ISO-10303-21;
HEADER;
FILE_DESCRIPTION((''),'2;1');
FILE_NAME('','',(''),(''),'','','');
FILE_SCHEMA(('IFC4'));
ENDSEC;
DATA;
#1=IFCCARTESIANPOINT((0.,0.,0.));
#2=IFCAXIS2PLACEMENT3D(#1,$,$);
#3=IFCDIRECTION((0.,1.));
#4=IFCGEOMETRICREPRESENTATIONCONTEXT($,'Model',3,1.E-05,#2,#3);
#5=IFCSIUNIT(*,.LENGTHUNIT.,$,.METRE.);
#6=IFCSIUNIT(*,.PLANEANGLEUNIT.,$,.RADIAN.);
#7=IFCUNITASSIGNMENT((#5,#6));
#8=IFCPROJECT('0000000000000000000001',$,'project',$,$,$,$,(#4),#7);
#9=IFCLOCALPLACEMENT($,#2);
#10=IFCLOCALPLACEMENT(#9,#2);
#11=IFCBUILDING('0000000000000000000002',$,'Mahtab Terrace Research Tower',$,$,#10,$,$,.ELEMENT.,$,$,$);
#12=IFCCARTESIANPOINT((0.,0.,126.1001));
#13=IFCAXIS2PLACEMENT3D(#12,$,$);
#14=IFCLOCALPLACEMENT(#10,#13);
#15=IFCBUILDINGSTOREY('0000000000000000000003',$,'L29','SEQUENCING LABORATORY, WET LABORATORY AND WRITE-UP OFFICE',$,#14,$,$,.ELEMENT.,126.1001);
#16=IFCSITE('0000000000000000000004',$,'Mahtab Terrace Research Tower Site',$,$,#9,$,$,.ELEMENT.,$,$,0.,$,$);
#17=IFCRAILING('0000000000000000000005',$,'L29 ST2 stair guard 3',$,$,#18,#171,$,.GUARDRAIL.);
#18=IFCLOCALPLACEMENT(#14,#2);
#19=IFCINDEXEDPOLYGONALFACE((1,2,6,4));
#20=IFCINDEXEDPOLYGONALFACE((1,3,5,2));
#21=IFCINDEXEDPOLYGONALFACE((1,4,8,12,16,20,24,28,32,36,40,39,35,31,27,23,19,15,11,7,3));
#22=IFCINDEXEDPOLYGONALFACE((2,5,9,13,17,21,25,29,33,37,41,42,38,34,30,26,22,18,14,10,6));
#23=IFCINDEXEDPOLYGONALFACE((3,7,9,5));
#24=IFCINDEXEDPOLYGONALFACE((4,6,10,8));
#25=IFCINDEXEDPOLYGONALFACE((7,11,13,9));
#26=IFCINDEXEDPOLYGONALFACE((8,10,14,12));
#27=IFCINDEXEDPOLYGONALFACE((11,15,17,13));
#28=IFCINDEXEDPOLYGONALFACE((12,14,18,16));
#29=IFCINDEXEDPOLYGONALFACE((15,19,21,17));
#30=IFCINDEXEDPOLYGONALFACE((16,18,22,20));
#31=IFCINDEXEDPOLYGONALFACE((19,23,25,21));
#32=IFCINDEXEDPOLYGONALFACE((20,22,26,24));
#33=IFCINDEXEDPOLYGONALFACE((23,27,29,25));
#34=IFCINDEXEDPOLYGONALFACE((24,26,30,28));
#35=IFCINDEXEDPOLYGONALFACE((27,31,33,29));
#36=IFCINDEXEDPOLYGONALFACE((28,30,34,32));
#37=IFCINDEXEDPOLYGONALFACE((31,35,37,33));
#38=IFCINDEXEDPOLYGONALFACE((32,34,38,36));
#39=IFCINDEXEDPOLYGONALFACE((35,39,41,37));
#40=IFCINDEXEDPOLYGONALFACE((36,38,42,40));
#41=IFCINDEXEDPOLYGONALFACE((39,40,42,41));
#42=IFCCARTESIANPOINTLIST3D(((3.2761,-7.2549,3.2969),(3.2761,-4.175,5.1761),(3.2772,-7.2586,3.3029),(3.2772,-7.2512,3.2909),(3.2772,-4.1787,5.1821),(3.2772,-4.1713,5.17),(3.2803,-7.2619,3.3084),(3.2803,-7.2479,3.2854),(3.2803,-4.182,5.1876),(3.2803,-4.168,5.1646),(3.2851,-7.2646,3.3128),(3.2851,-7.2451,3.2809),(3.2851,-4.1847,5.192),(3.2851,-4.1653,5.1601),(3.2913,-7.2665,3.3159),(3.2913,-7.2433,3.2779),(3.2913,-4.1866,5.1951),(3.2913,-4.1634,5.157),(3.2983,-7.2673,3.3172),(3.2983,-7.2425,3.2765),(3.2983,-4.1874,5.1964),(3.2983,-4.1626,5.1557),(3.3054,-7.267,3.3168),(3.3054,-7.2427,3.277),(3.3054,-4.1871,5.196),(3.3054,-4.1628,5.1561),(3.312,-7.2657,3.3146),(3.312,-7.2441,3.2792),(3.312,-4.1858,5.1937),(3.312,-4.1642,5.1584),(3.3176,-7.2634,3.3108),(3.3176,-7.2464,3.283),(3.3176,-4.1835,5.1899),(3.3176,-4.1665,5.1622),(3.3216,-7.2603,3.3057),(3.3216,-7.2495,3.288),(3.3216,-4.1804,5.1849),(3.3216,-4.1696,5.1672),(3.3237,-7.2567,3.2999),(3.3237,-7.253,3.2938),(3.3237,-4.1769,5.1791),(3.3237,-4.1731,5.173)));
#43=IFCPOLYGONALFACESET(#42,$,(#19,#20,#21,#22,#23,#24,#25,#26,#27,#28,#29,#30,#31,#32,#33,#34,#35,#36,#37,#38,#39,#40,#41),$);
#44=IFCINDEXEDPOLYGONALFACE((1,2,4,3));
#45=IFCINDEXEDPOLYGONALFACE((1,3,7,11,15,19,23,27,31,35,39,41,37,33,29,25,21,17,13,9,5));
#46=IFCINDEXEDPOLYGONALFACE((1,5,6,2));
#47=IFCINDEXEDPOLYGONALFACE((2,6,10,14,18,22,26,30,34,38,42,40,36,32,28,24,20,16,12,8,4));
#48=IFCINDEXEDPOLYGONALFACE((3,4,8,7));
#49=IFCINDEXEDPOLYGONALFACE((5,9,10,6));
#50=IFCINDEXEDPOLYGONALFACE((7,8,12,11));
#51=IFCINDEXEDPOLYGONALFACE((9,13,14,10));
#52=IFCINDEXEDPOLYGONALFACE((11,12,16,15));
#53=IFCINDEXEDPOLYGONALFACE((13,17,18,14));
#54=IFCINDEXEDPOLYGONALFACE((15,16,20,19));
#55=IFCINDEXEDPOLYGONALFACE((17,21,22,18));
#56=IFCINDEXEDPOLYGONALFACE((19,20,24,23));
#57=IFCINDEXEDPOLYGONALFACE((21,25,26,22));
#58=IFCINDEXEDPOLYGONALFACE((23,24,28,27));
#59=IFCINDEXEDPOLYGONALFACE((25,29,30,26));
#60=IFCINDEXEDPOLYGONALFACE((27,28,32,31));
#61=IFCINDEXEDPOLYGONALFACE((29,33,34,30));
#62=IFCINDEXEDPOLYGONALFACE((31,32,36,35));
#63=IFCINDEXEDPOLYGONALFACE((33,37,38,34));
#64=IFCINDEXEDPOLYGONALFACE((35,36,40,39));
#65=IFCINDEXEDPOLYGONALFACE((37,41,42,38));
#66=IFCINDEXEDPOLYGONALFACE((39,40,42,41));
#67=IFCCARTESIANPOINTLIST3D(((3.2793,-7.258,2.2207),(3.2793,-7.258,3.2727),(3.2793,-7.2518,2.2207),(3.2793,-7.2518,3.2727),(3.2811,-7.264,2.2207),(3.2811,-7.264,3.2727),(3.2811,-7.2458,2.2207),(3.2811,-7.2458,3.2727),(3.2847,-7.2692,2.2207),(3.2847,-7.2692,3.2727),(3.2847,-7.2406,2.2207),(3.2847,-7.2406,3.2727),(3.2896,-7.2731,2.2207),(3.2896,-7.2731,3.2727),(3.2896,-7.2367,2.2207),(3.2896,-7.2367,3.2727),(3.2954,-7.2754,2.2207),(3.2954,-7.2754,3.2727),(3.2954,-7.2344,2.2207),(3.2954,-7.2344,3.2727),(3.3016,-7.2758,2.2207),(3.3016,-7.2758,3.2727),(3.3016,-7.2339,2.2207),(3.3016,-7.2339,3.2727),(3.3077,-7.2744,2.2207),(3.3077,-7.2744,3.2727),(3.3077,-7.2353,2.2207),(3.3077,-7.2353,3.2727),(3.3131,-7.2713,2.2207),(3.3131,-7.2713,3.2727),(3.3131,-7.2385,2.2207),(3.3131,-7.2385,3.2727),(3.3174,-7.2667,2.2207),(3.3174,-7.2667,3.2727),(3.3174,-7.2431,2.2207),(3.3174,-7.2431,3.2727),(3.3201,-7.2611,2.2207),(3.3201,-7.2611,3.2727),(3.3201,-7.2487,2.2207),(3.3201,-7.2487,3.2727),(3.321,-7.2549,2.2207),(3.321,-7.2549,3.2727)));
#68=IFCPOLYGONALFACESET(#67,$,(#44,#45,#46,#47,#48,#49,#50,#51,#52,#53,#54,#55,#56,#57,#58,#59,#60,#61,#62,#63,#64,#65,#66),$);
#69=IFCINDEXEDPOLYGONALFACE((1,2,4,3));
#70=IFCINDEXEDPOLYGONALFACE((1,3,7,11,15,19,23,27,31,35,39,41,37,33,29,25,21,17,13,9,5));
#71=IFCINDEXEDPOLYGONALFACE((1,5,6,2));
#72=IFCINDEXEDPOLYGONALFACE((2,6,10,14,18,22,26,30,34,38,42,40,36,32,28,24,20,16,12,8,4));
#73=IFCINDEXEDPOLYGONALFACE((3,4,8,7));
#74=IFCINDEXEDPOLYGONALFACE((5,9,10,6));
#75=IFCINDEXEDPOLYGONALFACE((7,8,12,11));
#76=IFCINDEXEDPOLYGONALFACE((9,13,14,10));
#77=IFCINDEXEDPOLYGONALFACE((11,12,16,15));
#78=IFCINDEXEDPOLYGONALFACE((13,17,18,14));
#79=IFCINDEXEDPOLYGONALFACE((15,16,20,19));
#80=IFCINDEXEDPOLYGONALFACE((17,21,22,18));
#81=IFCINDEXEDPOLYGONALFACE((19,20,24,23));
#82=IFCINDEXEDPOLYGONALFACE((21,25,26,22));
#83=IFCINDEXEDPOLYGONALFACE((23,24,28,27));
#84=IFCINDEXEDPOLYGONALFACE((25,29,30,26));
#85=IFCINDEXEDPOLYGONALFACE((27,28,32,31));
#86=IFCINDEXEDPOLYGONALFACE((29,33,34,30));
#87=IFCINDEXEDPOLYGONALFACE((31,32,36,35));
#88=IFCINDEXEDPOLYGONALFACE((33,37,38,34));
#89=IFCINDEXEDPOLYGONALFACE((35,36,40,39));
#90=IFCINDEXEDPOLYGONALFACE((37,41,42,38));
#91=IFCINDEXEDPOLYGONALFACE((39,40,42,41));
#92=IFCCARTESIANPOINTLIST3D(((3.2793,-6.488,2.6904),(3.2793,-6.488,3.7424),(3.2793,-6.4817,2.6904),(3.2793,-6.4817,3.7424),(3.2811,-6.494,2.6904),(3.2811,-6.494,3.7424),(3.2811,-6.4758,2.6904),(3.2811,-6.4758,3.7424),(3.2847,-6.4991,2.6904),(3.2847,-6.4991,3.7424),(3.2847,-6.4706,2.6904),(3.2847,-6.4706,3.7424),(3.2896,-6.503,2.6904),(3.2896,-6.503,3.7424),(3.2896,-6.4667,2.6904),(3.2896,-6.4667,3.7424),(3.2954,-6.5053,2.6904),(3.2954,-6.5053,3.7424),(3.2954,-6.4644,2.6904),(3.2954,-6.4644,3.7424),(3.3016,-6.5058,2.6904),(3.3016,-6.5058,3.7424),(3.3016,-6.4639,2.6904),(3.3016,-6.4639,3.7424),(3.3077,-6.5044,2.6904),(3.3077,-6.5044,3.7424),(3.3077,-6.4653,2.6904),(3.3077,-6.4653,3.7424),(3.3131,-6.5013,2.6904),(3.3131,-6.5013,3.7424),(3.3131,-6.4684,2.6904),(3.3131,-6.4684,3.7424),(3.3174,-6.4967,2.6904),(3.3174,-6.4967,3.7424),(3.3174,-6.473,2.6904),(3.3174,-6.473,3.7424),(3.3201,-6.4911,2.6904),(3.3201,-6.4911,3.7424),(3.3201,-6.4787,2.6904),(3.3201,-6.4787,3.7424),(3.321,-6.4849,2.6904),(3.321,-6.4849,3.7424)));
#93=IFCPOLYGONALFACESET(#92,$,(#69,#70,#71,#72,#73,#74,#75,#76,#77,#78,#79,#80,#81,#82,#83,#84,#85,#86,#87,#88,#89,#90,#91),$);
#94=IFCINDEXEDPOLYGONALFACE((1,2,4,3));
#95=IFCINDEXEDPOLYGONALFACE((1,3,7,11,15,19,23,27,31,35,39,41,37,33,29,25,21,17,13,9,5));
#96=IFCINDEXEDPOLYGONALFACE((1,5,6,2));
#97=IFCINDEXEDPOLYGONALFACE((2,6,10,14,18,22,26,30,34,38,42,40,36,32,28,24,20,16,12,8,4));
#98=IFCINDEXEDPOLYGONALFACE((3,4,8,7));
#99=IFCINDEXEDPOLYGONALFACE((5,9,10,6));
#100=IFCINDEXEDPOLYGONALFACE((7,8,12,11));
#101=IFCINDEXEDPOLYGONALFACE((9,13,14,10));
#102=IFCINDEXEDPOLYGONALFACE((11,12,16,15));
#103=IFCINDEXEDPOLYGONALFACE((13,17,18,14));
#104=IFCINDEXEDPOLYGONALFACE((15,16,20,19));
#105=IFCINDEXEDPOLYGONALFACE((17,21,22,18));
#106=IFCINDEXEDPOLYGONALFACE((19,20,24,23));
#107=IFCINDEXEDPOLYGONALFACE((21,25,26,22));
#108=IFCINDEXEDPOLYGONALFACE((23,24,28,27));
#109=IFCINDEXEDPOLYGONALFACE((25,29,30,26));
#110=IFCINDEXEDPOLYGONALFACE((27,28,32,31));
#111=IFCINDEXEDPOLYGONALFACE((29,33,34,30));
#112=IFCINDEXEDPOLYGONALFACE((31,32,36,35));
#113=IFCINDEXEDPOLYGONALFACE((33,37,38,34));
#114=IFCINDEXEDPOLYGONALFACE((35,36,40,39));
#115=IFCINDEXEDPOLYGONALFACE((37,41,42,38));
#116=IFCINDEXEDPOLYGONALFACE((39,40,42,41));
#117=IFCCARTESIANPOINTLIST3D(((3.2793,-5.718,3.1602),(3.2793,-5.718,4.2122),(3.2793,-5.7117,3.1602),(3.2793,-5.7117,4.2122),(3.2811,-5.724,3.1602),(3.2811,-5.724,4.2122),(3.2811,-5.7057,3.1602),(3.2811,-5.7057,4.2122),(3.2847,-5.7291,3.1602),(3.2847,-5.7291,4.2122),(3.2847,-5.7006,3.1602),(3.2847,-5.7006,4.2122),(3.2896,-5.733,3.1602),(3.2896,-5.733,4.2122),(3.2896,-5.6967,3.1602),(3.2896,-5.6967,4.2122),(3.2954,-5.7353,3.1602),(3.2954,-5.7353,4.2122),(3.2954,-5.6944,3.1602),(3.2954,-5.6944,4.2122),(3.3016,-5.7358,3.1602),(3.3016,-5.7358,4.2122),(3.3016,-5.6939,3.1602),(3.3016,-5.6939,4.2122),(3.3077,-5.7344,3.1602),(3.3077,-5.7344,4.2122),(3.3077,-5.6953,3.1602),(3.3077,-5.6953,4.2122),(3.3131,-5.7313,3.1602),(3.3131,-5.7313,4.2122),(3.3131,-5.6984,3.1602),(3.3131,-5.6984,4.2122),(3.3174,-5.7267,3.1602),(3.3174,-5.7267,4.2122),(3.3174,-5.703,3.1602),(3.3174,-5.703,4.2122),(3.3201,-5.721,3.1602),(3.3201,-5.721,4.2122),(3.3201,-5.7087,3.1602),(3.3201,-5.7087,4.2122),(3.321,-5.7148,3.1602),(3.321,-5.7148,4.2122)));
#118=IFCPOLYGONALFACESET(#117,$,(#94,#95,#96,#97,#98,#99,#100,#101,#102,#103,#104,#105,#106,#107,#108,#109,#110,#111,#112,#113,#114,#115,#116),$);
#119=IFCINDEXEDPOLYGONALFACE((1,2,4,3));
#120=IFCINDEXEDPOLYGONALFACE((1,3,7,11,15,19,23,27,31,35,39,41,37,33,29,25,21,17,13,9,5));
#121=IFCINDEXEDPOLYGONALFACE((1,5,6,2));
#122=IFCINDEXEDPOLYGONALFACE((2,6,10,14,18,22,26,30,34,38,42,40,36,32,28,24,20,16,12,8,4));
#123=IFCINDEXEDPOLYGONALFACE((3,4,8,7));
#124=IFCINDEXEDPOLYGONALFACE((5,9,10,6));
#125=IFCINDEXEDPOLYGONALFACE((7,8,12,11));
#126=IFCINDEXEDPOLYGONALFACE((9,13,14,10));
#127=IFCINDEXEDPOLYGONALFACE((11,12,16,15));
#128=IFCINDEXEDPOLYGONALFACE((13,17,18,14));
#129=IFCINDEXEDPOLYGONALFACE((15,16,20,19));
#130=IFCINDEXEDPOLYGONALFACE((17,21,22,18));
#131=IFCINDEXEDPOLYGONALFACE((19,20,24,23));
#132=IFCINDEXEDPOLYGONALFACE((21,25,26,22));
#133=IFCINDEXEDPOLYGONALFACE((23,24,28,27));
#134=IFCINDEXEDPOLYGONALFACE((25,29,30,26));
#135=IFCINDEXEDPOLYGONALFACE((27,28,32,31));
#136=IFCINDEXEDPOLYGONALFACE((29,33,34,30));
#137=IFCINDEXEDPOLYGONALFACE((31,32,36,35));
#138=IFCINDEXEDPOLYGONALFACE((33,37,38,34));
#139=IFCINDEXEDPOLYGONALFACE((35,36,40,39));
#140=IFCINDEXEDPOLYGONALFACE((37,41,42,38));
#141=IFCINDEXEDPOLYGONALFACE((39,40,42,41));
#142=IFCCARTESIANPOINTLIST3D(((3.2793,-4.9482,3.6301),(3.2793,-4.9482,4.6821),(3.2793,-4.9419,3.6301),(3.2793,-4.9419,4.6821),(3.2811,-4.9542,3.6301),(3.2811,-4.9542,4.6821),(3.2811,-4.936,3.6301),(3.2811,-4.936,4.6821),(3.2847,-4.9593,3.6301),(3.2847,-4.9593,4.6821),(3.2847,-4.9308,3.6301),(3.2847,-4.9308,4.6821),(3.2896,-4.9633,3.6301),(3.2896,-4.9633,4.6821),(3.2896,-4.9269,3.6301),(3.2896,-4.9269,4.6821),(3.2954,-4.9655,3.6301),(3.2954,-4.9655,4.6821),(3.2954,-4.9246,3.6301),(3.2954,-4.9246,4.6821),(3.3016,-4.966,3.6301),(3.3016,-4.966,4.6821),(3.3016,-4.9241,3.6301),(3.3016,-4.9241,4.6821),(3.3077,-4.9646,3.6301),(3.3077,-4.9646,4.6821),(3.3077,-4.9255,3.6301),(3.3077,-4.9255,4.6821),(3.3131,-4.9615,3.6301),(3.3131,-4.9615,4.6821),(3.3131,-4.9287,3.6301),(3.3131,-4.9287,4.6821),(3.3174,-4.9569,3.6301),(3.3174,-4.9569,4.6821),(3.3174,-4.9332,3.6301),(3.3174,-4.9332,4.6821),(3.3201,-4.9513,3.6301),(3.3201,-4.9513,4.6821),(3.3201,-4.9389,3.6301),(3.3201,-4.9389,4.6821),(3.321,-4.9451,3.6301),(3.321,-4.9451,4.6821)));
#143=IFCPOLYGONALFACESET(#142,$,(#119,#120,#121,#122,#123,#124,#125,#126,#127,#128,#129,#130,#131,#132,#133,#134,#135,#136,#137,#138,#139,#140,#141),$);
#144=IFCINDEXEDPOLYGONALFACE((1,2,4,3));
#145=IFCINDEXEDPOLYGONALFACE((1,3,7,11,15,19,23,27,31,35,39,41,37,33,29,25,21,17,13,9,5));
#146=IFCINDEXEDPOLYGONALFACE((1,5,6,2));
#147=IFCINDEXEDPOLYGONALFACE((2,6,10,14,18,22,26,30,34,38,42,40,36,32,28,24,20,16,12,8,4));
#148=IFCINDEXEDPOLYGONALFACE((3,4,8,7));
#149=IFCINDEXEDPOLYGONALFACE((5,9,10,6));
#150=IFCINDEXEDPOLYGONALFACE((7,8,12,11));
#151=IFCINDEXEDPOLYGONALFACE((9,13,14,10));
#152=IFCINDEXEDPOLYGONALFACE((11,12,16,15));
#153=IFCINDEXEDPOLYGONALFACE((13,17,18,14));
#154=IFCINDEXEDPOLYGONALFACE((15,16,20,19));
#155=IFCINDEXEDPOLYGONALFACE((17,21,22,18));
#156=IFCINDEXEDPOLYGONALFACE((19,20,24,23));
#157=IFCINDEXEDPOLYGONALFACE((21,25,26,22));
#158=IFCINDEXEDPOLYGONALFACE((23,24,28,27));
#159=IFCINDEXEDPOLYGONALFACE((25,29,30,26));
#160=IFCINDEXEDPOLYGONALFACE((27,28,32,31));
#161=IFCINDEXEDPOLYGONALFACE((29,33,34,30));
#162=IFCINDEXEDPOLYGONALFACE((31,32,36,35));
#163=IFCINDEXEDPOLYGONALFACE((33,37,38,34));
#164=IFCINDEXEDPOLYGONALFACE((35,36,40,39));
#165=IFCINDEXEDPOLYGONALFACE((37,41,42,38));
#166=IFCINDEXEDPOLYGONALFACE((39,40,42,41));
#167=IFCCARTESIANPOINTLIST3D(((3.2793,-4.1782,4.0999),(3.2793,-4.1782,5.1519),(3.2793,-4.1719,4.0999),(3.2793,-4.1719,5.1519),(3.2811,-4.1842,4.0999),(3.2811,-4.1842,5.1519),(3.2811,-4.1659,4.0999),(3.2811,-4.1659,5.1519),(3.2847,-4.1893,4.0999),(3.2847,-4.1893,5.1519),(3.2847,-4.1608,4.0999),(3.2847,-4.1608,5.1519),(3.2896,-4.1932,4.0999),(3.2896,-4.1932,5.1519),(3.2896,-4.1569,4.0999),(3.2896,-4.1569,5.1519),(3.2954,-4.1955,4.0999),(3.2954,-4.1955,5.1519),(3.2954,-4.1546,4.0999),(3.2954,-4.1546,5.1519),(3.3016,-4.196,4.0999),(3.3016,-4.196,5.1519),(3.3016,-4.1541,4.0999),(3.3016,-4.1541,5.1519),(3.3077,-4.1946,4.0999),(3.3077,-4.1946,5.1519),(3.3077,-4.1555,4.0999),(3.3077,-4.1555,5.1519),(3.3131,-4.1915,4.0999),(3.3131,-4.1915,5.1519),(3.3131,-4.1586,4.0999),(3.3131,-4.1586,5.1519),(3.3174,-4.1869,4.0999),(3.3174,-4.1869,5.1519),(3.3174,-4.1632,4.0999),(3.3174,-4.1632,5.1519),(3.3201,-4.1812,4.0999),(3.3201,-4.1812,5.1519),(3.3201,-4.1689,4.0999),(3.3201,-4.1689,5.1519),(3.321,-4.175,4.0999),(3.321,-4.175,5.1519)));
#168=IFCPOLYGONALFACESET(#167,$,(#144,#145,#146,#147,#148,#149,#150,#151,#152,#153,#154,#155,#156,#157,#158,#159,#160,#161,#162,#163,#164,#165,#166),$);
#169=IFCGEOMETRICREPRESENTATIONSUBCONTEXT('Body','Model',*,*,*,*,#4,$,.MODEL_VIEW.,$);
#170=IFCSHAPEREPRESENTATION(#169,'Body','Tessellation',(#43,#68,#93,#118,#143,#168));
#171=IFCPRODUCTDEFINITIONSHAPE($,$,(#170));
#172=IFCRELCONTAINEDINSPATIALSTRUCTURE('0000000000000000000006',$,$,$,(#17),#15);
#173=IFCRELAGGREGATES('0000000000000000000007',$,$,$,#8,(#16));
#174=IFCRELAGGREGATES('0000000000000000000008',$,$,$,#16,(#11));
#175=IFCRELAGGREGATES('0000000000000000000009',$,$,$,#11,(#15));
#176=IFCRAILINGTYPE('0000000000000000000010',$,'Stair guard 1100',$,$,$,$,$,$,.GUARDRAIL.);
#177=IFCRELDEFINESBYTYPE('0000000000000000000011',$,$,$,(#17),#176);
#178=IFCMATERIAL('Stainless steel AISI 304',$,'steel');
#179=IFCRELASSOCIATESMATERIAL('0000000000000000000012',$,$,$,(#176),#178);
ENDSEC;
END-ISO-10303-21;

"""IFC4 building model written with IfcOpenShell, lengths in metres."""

from ifc_helpers import new_model, si_unit, direction, frame, origin, origin_2d, place, context, subcontext, project, spatial, circle, extrude, material, type_object, element, save


model = new_model("IFC4")

# Units and contexts
model_context = context("Model", 3, precision=1e-05, world=origin(), true_north=direction((0.0, 1.0)))
body_context = subcontext(model_context, "Body", "Model", "MODEL_VIEW")
ifc_project = project(units=[si_unit("LENGTHUNIT", "METRE"), si_unit("PLANEANGLEUNIT", "RADIAN")], contexts=[model_context])

# Site, building, storey
site_placement = place(None, origin())
site = spatial("IfcSite", under=ifc_project, at=site_placement, Name="Mahtab Terrace Research Tower Site", CompositionType="ELEMENT", RefElevation=0.0)
building_placement = place(site_placement, origin())
building = spatial("IfcBuilding", under=site, at=building_placement, Name="Mahtab Terrace Research Tower", CompositionType="ELEMENT")
storey_placement = place(building_placement, frame((0.0, 0.0, 126.1001)))
storey = spatial("IfcBuildingStorey", under=building, at=storey_placement, Name="L29", Description="SEQUENCING LABORATORY, WET LABORATORY AND WRITE-UP OFFICE", CompositionType="ELEMENT", Elevation=126.1001)

# Railing
ifc_material_1 = material(Name="Stainless steel AISI 304", Category="steel")
railing_type_1 = type_object("IfcRailingType", Name="Stair guard 1100", PredefinedType="GUARDRAIL", material=ifc_material_1)
railing_1_placement = place(storey_placement, frame((3.3, -7.2549, 2.2207)))
element("IfcRailing", 1, at=railing_1_placement, inside=storey, type_object=railing_type_1, Name="L29 ST2 stair guard 3", PredefinedType="GUARDRAIL", context=body_context, shape_type="SweptSolid", body=[
    extrude(circle(Radius=0.0239, at=origin_2d()), frame((0.0, 0.0, 1.0762), z_axis=(0.0, 0.853648, 0.52085), x_axis=(-1.0, 0.0, 0.0)), (0.0, 0.0, 1.0), 3.6079),
    extrude(circle(Radius=0.021, at=origin_2d()), origin(), (0.0, 0.0, 1.0), 1.052),
    extrude(circle(Radius=0.021, at=origin_2d()), frame((0.0, 0.77, 0.4697)), (0.0, 0.0, 1.0), 1.052),
    extrude(circle(Radius=0.021, at=origin_2d()), frame((0.0, 1.54, 0.9395)), (0.0, 0.0, 1.0), 1.052),
    extrude(circle(Radius=0.021, at=origin_2d()), frame((0.0, 2.3098, 1.4094)), (0.0, 0.0, 1.0), 1.052),
    extrude(circle(Radius=0.021, at=origin_2d()), frame((0.0, 3.0798, 1.8792)), (0.0, 0.0, 1.0), 1.052),
])

save(model, "model.ifc")
